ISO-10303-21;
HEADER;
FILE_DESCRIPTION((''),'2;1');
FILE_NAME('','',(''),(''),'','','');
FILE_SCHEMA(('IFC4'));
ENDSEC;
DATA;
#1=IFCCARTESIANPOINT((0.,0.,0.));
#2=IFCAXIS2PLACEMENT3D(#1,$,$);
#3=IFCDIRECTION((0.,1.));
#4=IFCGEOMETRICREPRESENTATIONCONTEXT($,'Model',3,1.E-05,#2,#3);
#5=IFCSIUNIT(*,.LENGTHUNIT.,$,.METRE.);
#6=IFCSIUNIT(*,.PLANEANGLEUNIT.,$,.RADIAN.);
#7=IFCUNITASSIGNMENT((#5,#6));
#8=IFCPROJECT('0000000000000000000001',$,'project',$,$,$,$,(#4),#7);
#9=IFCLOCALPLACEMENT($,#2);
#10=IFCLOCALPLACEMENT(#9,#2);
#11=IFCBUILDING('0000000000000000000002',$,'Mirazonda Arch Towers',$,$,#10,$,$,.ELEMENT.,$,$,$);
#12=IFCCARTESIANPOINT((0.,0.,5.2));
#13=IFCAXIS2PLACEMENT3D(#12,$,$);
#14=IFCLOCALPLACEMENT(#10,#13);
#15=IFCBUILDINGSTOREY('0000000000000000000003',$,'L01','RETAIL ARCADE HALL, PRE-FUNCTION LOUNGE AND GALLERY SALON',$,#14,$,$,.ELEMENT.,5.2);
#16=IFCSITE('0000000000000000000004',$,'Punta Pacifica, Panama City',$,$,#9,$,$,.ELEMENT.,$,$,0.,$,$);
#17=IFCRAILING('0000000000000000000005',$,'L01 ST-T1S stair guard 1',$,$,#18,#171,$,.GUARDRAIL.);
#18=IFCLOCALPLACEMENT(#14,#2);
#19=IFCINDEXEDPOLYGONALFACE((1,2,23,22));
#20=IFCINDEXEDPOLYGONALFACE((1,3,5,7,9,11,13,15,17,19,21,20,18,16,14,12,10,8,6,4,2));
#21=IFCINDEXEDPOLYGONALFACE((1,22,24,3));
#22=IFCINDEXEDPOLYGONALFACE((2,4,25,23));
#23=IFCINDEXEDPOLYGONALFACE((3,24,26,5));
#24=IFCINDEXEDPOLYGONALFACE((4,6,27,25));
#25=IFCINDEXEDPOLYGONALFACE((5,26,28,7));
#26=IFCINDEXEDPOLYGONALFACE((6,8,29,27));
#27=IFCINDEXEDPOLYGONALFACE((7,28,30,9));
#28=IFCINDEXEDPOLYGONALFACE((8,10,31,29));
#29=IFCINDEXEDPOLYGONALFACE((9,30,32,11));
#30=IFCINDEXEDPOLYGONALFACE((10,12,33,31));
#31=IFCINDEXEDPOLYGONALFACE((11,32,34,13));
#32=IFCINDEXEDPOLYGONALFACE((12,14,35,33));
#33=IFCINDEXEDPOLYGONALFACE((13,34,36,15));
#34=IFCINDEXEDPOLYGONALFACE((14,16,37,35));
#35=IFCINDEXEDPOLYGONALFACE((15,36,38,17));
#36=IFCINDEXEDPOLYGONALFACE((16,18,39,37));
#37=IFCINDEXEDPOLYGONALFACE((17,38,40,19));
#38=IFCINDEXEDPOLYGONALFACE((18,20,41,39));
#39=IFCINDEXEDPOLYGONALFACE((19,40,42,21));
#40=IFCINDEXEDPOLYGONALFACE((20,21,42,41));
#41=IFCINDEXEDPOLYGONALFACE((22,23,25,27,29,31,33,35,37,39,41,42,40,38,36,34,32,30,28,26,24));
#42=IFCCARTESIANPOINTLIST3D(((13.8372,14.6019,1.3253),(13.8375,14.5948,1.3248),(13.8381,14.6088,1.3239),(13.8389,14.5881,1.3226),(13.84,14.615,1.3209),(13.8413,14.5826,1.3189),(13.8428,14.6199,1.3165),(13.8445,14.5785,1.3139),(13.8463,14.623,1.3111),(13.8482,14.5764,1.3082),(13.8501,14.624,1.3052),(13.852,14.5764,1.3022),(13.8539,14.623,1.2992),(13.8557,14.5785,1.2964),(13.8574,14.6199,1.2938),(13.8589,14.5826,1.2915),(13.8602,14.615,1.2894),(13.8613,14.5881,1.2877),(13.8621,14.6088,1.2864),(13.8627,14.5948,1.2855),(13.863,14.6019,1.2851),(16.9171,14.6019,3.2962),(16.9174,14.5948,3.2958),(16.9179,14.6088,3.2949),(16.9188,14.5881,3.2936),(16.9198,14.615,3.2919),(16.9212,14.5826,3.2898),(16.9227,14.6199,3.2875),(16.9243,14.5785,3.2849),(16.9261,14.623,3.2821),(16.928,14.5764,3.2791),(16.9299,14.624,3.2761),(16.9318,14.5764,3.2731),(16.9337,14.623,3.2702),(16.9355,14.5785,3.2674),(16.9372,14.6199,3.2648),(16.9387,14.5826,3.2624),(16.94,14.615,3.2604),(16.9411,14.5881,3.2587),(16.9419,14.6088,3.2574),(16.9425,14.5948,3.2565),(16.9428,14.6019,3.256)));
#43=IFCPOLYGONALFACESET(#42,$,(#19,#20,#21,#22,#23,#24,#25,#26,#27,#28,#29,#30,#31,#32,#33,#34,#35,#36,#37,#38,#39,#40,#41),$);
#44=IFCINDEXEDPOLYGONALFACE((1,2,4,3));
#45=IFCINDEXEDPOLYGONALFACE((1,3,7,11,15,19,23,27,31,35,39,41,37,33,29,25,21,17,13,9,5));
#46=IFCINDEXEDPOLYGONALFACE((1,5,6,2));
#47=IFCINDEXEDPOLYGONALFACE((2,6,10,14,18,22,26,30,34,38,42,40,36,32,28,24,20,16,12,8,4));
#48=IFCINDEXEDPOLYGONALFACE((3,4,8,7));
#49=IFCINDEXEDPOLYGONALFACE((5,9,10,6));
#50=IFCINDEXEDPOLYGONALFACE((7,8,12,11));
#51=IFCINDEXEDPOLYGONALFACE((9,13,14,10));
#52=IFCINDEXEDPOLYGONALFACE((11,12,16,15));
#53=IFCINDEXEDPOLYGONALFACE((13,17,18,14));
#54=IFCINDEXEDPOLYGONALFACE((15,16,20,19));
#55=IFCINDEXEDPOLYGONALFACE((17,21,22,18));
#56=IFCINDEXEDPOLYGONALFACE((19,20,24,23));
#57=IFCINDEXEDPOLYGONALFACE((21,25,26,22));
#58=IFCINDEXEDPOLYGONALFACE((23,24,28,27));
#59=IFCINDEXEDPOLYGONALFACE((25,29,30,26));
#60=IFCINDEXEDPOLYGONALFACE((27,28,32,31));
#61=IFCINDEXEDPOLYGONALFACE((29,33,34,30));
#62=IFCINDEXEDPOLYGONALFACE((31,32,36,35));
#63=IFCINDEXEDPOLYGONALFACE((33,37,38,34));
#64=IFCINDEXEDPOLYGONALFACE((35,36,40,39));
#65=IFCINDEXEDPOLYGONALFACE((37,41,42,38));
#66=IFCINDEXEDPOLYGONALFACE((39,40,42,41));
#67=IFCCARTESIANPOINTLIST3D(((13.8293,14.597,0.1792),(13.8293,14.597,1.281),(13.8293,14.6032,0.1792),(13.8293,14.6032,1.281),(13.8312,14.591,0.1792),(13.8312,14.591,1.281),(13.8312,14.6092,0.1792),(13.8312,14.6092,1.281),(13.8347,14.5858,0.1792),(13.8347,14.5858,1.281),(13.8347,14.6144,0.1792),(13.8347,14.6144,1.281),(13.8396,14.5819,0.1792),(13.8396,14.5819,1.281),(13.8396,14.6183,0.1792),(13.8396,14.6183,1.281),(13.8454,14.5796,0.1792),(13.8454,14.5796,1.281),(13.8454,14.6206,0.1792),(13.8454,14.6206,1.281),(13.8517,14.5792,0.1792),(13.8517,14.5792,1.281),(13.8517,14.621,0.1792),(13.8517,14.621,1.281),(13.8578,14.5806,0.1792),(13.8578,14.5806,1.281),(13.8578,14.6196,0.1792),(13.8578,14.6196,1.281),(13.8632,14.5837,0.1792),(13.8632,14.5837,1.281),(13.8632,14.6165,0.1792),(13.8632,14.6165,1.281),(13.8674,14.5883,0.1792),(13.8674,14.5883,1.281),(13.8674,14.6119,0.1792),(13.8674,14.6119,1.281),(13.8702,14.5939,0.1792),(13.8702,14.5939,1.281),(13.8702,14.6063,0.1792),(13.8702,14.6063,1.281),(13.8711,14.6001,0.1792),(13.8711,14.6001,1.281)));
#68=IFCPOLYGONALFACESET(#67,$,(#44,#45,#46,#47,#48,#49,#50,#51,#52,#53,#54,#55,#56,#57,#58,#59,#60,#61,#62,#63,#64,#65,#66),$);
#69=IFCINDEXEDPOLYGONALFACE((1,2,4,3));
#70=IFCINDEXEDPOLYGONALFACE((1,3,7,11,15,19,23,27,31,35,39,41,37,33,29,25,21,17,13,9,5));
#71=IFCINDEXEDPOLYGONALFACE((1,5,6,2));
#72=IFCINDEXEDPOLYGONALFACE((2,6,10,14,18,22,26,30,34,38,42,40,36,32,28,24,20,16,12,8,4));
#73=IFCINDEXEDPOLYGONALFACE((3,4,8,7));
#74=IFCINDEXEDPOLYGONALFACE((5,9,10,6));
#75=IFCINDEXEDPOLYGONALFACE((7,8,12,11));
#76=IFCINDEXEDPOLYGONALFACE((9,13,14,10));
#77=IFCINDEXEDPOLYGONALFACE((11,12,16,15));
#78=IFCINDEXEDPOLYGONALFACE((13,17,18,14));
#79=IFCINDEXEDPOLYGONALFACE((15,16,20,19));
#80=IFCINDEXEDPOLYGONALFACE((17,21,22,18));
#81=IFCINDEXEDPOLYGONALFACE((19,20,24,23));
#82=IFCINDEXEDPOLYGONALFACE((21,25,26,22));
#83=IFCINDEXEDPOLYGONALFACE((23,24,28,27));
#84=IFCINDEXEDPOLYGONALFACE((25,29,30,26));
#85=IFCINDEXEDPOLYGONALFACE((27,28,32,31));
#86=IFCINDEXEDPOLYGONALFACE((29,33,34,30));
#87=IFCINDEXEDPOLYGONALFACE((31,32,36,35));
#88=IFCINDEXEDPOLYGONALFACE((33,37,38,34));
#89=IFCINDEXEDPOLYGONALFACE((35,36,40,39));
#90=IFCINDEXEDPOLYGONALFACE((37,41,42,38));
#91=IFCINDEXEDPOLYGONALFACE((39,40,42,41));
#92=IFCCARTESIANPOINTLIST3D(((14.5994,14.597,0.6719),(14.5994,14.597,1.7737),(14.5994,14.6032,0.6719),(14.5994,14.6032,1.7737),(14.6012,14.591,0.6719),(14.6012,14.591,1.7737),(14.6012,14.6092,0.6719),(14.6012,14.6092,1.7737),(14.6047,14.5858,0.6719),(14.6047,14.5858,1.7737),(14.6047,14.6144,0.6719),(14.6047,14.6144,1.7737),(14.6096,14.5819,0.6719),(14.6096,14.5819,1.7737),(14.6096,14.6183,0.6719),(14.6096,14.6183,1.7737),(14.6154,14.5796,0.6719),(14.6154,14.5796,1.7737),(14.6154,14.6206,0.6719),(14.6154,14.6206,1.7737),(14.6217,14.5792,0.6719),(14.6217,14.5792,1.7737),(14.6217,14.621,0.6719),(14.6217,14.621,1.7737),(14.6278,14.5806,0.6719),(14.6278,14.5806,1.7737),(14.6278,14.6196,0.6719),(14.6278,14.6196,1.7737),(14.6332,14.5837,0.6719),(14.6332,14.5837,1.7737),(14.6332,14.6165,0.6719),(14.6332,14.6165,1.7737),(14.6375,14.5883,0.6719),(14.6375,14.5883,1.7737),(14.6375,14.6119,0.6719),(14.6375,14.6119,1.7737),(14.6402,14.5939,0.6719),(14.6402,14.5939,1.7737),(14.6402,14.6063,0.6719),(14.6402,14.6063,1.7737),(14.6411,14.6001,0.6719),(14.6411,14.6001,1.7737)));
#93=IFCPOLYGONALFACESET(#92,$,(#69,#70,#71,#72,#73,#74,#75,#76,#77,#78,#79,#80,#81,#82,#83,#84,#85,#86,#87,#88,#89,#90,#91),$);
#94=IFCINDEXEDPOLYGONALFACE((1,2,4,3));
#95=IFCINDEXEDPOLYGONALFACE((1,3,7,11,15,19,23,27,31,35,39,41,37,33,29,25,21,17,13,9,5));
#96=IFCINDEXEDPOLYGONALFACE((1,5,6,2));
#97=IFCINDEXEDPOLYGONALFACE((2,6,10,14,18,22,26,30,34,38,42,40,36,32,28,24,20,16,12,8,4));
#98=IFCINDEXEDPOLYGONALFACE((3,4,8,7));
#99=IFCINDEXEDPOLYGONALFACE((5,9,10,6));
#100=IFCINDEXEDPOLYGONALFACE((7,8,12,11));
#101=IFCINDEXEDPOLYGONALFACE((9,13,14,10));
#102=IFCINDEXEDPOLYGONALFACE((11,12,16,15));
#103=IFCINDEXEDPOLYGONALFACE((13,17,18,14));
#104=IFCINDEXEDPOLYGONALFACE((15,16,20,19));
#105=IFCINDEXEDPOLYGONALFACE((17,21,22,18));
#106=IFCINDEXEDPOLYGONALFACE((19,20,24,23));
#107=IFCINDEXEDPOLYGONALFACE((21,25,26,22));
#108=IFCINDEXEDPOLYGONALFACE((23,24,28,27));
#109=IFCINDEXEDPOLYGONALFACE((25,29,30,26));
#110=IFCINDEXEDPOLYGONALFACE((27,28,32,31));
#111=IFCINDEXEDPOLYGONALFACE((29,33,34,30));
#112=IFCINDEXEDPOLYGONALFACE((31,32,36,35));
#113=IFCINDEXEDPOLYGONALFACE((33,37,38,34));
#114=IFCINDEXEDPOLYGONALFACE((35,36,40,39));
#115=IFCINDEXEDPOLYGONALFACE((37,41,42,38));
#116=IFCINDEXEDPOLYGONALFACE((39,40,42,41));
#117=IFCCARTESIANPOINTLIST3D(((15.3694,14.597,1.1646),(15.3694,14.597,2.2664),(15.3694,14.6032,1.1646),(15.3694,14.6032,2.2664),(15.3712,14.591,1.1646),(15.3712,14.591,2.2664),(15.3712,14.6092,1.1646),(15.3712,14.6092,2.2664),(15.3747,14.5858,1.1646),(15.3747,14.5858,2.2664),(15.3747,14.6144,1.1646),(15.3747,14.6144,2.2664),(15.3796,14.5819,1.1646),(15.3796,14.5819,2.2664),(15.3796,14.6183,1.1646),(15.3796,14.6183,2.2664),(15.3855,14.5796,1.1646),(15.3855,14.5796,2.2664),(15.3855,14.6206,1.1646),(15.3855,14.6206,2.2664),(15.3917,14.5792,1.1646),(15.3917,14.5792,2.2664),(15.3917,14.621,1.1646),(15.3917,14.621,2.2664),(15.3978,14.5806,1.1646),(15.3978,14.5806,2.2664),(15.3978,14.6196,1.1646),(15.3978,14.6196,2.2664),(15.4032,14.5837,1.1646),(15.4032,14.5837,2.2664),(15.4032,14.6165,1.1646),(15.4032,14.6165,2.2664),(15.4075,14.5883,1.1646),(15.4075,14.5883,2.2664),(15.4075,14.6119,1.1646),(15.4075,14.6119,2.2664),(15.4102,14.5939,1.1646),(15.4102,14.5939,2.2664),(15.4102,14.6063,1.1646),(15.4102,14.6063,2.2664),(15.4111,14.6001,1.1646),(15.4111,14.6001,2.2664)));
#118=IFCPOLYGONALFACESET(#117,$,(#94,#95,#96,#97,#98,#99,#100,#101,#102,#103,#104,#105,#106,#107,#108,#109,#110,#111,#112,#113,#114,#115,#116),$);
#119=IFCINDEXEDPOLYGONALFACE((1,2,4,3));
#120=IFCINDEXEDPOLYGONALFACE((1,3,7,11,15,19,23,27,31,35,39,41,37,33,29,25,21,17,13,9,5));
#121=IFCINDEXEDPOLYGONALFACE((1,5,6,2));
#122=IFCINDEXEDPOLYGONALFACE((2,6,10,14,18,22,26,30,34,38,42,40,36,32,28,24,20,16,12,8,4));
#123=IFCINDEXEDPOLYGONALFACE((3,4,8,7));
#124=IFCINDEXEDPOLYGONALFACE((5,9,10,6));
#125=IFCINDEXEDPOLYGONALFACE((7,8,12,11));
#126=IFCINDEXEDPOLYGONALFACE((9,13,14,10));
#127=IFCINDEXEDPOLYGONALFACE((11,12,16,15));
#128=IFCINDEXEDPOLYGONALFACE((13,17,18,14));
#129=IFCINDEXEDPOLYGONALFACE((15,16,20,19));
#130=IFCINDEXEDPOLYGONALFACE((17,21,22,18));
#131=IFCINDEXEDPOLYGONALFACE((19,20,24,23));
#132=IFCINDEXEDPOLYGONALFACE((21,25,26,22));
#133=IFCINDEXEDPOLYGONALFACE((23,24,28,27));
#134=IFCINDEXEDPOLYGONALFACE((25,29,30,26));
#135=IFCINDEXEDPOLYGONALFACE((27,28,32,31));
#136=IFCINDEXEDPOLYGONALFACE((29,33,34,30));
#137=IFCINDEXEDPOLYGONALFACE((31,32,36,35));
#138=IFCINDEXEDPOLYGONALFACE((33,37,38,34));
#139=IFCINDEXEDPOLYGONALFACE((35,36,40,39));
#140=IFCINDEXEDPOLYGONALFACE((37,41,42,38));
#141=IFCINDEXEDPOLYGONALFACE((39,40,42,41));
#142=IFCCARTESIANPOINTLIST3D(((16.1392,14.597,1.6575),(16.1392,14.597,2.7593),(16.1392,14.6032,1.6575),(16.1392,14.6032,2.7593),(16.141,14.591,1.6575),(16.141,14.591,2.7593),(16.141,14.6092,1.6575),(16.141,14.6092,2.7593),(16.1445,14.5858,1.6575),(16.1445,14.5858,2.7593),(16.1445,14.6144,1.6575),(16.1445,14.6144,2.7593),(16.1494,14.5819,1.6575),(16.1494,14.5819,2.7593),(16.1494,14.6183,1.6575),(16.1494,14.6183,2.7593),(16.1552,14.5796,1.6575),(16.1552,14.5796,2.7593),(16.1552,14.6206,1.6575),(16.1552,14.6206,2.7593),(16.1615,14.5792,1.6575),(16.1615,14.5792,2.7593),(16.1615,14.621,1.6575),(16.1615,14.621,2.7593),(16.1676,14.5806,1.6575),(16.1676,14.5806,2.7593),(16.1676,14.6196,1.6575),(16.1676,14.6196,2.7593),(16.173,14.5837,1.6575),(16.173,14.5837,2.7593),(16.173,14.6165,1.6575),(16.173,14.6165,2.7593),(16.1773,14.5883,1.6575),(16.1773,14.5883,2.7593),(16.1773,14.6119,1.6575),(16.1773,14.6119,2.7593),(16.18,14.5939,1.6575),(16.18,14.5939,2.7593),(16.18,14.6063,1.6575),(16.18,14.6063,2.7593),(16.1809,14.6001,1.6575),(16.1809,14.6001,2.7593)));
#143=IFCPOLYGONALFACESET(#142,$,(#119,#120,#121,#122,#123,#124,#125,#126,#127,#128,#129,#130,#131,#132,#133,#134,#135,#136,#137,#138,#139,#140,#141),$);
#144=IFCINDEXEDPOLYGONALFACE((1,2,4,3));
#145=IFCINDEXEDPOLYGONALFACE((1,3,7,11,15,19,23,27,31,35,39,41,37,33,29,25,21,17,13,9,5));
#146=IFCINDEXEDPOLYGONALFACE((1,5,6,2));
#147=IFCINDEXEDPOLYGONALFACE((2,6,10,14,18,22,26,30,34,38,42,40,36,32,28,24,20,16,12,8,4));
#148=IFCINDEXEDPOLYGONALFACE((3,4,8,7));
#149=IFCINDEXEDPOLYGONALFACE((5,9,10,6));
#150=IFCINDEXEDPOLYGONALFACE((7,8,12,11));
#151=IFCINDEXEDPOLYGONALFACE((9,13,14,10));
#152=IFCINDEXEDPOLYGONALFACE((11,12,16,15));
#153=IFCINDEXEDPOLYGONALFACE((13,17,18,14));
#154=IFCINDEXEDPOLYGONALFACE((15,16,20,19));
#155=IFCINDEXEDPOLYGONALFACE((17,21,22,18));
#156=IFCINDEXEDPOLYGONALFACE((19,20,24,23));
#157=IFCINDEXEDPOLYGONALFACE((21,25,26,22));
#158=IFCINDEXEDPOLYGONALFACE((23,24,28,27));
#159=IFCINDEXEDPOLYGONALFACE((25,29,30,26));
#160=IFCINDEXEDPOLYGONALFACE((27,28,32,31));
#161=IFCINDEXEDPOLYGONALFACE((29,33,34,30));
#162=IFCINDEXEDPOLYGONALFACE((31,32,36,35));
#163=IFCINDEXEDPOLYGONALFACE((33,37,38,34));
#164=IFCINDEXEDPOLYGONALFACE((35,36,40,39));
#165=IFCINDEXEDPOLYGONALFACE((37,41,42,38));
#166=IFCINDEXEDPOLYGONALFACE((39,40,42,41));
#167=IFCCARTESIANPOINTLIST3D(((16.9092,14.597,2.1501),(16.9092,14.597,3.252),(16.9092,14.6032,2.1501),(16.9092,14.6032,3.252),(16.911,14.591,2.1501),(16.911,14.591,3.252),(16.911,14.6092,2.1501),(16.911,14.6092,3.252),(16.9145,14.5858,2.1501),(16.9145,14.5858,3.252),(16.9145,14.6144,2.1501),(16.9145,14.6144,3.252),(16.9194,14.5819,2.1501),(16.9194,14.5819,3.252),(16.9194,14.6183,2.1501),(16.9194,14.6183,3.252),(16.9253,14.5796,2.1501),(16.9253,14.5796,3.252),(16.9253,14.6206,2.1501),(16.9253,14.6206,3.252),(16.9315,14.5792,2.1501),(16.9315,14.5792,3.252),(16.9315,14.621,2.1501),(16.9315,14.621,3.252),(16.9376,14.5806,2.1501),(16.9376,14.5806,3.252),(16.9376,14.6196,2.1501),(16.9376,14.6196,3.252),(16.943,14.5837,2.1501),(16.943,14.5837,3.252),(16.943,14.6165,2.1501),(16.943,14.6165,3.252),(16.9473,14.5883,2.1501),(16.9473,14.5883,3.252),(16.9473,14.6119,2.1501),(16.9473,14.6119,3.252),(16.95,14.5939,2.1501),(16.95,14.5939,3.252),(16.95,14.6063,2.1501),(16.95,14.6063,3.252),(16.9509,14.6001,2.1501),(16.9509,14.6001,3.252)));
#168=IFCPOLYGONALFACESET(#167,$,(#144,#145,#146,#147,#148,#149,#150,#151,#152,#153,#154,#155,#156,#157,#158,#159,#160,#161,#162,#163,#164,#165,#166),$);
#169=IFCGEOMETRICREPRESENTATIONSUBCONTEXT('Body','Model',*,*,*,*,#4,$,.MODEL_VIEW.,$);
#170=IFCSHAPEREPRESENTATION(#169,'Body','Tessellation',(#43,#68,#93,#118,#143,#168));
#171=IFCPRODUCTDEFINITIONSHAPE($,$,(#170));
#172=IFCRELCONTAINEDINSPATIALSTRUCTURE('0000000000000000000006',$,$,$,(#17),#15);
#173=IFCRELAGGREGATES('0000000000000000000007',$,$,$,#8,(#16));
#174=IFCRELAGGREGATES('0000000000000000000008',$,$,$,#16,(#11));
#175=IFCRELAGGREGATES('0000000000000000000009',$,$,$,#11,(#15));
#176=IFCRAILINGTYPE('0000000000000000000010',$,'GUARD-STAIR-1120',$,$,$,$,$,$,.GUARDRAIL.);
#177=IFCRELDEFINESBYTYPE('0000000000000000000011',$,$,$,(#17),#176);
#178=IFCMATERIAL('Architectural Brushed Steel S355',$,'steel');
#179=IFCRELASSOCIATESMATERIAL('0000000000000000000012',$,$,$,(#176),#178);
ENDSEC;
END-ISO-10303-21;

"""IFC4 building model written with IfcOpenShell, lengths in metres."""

from ifc_helpers import new_model, si_unit, direction, frame, origin, origin_2d, place, context, subcontext, project, spatial, circle, extrude, material, type_object, element, save


model = new_model("IFC4")

# Units and contexts
model_context = context("Model", 3, precision=1e-05, world=origin(), true_north=direction((0.0, 1.0)))
body_context = subcontext(model_context, "Body", "Model", "MODEL_VIEW")
ifc_project = project(units=[si_unit("LENGTHUNIT", "METRE"), si_unit("PLANEANGLEUNIT", "RADIAN")], contexts=[model_context])

# Site, building, storey
site_placement = place(None, origin())
site = spatial("IfcSite", under=ifc_project, at=site_placement, Name="Punta Pacifica, Panama City", CompositionType="ELEMENT", RefElevation=0.0)
building_placement = place(site_placement, origin())
building = spatial("IfcBuilding", under=site, at=building_placement, Name="Mirazonda Arch Towers", CompositionType="ELEMENT")
storey_placement = place(building_placement, frame((0.0, 0.0, 5.2)))
storey = spatial("IfcBuildingStorey", under=building, at=storey_placement, Name="L01", Description="RETAIL ARCADE HALL, PRE-FUNCTION LOUNGE AND GALLERY SALON", CompositionType="ELEMENT", Elevation=5.2)

# Shared definitions
ifc_material_1 = material(Name="Architectural Brushed Steel S355", Category="steel")

# Railing
railing_type_1 = type_object("IfcRailingType", Name="GUARD-STAIR-1120", PredefinedType="GUARDRAIL", material=ifc_material_1)
railing_1_placement = place(storey_placement, frame((13.8501, 14.6001, 0.1792)))
element("IfcRailing", 1, at=railing_1_placement, inside=storey, type_object=railing_type_1, Name="L01 ST-T1S stair guard 1", PredefinedType="GUARDRAIL", context=body_context, shape_type="SweptSolid", body=[
    extrude(circle(Radius=0.0239, at=origin_2d()), frame((0.0, 0.0, 1.126), z_axis=(0.84229, 0.0, 0.539025), x_axis=(0.0, 1.0, 0.0)), (0.0, 0.0, 1.0), 3.6565),
    extrude(circle(Radius=0.021, at=origin_2d()), origin(), (0.0, 0.0, 1.0), 1.1018),
    extrude(circle(Radius=0.021, at=origin_2d()), frame((0.77, 0.0, 0.4927)), (0.0, 0.0, 1.0), 1.1018),
    extrude(circle(Radius=0.021, at=origin_2d()), frame((1.54, 0.0, 0.9854)), (0.0, 0.0, 1.0), 1.1018),
    extrude(circle(Radius=0.021, at=origin_2d()), frame((2.3098, 0.0, 1.4783)), (0.0, 0.0, 1.0), 1.1018),
    extrude(circle(Radius=0.021, at=origin_2d()), frame((3.0798, 0.0, 1.9709)), (0.0, 0.0, 1.0), 1.1018),
])

save(model, "model.ifc")
